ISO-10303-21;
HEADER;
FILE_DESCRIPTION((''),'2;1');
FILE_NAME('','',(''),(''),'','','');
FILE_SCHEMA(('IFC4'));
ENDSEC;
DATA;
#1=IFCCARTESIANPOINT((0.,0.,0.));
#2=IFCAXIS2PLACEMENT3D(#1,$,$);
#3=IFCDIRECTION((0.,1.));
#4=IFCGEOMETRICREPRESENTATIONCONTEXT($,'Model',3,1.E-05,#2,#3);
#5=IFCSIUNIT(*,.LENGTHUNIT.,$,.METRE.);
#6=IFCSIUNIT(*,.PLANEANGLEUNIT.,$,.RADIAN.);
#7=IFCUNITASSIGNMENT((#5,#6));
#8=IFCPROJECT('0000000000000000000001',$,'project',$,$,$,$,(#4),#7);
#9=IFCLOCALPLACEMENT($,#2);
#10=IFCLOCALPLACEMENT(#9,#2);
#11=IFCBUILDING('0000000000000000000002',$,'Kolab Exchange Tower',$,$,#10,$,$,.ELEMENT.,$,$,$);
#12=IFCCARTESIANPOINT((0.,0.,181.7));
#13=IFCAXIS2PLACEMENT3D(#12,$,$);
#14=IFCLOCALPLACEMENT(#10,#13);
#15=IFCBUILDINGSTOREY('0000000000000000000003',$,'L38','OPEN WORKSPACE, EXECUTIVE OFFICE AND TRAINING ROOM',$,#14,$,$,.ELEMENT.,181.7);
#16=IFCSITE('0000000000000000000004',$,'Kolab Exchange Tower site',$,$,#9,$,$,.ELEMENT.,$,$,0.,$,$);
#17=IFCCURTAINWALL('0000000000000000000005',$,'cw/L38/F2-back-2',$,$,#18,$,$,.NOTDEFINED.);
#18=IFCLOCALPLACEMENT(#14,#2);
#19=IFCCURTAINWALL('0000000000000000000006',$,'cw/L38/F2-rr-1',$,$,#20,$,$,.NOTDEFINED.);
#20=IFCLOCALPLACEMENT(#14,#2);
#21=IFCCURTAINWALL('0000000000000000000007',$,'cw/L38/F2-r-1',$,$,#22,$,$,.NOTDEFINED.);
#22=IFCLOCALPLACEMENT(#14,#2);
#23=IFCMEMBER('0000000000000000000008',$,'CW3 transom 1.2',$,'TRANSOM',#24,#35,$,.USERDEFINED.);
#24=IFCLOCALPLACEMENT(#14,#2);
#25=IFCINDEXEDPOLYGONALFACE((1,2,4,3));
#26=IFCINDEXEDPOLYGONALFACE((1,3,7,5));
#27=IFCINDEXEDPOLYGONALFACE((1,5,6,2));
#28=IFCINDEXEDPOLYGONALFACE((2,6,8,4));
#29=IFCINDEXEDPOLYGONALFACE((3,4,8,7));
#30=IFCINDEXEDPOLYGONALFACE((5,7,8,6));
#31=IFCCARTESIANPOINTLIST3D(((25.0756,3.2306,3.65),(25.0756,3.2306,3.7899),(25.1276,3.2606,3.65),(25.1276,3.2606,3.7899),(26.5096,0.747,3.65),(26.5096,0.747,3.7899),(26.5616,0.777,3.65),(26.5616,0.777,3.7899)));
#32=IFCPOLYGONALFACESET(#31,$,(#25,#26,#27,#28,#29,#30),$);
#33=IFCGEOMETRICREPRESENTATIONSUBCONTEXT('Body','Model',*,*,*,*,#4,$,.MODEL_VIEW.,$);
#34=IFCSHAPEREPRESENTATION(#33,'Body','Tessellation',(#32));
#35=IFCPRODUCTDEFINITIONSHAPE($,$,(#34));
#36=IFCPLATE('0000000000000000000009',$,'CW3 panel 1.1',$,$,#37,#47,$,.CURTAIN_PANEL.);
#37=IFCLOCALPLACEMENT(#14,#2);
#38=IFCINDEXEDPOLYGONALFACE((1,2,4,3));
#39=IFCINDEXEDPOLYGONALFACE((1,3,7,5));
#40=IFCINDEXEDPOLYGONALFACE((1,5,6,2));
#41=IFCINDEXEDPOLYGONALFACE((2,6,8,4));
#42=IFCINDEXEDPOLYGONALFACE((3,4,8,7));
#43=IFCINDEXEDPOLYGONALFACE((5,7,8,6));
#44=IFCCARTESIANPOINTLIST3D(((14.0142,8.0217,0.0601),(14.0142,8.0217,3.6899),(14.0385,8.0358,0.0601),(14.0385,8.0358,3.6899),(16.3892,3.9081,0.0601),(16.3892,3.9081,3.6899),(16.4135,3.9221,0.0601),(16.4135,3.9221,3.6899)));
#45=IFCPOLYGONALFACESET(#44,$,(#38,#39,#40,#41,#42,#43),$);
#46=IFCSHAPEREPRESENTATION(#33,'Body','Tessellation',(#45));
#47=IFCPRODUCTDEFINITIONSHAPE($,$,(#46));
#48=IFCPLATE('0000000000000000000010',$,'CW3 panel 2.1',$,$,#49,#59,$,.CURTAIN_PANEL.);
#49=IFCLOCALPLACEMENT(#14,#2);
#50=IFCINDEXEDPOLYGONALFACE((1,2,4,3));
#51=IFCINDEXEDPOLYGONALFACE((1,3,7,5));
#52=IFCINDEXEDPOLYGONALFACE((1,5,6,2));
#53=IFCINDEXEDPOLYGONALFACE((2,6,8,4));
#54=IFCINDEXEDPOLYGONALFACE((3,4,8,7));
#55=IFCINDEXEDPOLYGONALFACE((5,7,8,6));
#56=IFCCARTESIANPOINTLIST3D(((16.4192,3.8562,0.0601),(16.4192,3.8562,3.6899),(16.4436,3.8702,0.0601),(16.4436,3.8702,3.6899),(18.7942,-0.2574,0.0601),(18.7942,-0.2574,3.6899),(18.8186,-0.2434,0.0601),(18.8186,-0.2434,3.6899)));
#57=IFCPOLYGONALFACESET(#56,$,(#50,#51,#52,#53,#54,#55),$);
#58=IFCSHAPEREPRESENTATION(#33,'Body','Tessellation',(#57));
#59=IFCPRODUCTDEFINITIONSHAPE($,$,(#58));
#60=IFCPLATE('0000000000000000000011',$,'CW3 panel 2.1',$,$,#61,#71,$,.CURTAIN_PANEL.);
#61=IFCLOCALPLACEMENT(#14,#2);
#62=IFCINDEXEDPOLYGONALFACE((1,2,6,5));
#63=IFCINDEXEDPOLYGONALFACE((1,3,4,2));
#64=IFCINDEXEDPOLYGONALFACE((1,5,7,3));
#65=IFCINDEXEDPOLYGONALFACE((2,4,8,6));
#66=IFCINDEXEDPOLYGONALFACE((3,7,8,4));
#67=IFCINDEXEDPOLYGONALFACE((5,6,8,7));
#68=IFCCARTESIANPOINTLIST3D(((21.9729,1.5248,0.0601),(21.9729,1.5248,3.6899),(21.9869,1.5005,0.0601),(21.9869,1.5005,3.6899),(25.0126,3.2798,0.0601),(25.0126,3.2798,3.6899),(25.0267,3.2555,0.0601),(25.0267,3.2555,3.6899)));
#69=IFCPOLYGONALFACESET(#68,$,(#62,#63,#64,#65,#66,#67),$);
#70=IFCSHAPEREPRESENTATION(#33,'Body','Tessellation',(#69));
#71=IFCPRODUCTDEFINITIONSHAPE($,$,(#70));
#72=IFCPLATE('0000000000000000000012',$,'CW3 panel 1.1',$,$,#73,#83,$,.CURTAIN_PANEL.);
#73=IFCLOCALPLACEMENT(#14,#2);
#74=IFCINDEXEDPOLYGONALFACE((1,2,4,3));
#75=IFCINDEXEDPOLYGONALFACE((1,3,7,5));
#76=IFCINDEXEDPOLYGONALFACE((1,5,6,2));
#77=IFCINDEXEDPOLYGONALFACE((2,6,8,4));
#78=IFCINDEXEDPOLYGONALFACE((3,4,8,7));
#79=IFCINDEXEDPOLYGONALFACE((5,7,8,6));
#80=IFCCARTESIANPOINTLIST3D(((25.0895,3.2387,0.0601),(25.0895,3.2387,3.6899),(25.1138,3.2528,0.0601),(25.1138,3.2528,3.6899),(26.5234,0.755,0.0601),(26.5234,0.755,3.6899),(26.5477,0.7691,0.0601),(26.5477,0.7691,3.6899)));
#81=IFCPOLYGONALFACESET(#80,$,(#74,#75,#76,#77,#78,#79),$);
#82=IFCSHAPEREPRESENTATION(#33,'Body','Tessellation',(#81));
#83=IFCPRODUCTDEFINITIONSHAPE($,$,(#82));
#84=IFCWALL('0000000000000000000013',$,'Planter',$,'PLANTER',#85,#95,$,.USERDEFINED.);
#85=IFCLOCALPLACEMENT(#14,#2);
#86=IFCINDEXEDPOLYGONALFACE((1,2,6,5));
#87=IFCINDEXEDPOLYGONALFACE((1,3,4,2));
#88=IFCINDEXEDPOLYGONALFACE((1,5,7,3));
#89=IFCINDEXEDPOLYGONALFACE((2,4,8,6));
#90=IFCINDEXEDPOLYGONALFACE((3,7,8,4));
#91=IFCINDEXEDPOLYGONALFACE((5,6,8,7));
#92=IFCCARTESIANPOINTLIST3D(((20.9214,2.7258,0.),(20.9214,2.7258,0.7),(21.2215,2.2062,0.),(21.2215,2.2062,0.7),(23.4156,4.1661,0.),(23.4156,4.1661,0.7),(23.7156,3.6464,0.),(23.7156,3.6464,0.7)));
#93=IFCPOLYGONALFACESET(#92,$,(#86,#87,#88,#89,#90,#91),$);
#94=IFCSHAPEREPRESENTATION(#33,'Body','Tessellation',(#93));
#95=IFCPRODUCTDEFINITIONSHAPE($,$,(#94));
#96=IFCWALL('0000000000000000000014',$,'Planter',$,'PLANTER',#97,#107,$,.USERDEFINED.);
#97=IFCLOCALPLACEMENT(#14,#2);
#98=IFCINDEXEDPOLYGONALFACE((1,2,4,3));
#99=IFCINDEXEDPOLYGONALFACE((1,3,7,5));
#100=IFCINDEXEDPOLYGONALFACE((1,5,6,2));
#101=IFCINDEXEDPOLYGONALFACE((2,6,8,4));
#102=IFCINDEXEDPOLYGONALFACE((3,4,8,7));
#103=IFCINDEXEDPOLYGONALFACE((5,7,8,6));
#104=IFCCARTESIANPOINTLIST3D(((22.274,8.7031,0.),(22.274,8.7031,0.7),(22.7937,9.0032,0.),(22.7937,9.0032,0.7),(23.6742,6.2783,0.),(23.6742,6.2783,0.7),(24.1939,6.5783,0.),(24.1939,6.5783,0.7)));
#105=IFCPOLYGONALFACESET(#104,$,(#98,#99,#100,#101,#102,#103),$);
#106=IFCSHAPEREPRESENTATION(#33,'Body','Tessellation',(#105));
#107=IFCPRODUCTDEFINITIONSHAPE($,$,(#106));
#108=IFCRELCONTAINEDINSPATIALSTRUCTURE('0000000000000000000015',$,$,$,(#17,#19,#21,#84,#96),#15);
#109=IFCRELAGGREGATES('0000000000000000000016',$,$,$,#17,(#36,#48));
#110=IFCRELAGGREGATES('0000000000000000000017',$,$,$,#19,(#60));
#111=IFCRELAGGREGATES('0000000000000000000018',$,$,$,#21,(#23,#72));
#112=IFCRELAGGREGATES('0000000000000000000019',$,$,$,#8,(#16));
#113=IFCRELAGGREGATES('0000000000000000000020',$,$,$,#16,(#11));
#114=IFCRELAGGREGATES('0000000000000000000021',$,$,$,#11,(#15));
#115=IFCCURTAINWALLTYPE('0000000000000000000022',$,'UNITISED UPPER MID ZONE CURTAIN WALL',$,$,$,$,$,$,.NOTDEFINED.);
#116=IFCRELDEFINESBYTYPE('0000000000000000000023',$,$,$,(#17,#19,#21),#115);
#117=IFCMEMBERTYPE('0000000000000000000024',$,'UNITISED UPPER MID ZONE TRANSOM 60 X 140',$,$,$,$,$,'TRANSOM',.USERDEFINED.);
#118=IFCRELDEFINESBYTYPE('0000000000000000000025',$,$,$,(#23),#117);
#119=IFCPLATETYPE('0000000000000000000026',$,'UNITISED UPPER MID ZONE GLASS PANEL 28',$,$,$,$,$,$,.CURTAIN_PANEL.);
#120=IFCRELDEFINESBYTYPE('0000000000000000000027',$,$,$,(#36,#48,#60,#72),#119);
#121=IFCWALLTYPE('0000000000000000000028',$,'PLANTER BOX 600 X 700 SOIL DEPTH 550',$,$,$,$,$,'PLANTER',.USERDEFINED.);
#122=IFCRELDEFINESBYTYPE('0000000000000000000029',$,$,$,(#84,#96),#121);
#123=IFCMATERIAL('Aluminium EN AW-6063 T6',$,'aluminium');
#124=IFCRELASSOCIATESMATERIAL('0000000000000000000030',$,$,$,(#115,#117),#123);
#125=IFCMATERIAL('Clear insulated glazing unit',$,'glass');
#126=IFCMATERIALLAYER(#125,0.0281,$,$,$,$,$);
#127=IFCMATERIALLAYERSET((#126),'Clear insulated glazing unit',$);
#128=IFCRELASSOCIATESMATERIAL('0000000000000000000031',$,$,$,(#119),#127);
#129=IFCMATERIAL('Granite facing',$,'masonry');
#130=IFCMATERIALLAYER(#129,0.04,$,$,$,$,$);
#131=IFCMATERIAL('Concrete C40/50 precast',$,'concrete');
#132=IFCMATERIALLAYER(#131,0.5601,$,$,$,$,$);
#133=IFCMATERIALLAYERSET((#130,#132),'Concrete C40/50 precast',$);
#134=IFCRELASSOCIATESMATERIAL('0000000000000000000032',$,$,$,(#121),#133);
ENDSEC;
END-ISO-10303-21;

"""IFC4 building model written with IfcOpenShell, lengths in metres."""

from ifc_helpers import new_model, si_unit, direction, frame, frame_2d, origin, origin_2d, place, context, subcontext, project, spatial, rectangle, extrude, material, layer, layer_set, material_profile, profile_set, type_object, element, aggregate, save


model = new_model("IFC4")

# Units and contexts
model_context = context("Model", 3, precision=1e-05, world=origin(), true_north=direction((0.0, 1.0)))
body_context = subcontext(model_context, "Body", "Model", "MODEL_VIEW")
ifc_project = project(units=[si_unit("LENGTHUNIT", "METRE"), si_unit("PLANEANGLEUNIT", "RADIAN")], contexts=[model_context])

# Site, building, storey
site_placement = place(None, origin())
site = spatial("IfcSite", under=ifc_project, at=site_placement, Name="Kolab Exchange Tower site", CompositionType="ELEMENT", RefElevation=0.0)
building_placement = place(site_placement, origin())
building = spatial("IfcBuilding", under=site, at=building_placement, Name="Kolab Exchange Tower", CompositionType="ELEMENT")
storey_placement = place(building_placement, frame((0.0, 0.0, 181.7)))
storey = spatial("IfcBuildingStorey", under=building, at=storey_placement, Name="L38", Description="OPEN WORKSPACE, EXECUTIVE OFFICE AND TRAINING ROOM", CompositionType="ELEMENT", Elevation=181.7)

# Curtain wall
ifc_material_1 = material(Name="Aluminium EN AW-6063 T6", Category="aluminium")
curtain_wall_type = type_object("IfcCurtainWallType", Name="UNITISED UPPER MID ZONE CURTAIN WALL", PredefinedType="NOTDEFINED", material=ifc_material_1)
curtain_wall_1_placement = place(storey_placement, origin())
curtain_wall_1 = element("IfcCurtainWall", 1, at=curtain_wall_1_placement, inside=storey, type_object=curtain_wall_type, Name="cw/L38/F2-back-2", PredefinedType="NOTDEFINED")

# Curtain walls
curtain_wall_2_placement = place(storey_placement, origin())
curtain_wall_2 = element("IfcCurtainWall", 2, at=curtain_wall_2_placement, inside=storey, type_object=curtain_wall_type, Name="cw/L38/F2-rr-1", PredefinedType="NOTDEFINED")
curtain_wall_3_placement = place(storey_placement, origin())
curtain_wall_3 = element("IfcCurtainWall", 3, at=curtain_wall_3_placement, inside=storey, type_object=curtain_wall_type, Name="cw/L38/F2-r-1", PredefinedType="NOTDEFINED")

# Member
ifc_material_profile_1 = material_profile(ifc_material_1, rectangle(XDim=0.0601, YDim=0.1399, at=origin_2d()), Name="RECT 60X140")
ifc_profile_set_1 = profile_set([ifc_material_profile_1], Name="Aluminium EN AW-6063 T6")
member_type_1 = type_object("IfcMemberType", Name="UNITISED UPPER MID ZONE TRANSOM 60 X 140", ElementType="TRANSOM", PredefinedType="USERDEFINED", material=ifc_profile_set_1)
member_1_placement = place(storey_placement, frame((25.1016, 3.2456, 3.72), z_axis=(0.500039, -0.866003, 0.0), x_axis=(0.866003, 0.500039, 0.0)))
member_1 = element("IfcMember", 4, at=member_1_placement, type_object=member_type_1, Name="CW3 transom 1.2", ObjectType="TRANSOM", PredefinedType="USERDEFINED", context=body_context, shape_type="SweptSolid", body=[
    extrude(rectangle(XDim=0.0601, YDim=0.1399, at=origin_2d()), origin(), (0.0, 0.0, 1.0), 2.8679),
])

# Plates
ifc_material_2 = material(Name="Clear insulated glazing unit", Category="glass")
ifc_layer_1 = layer(ifc_material_2, 0.0281)
ifc_layer_set_1 = layer_set([ifc_layer_1], Name="Clear insulated glazing unit")
plate_type = type_object("IfcPlateType", Name="UNITISED UPPER MID ZONE GLASS PANEL 28", PredefinedType="CURTAIN_PANEL", material=ifc_layer_set_1)
plate_1_placement = place(storey_placement, frame((15.2139, 5.9719, 0.0601), z_axis=(0.0, 0.0, 1.0), x_axis=(0.5, -0.866025, 0.0)))
plate_1 = element("IfcPlate", 5, at=plate_1_placement, type_object=plate_type, Name="CW3 panel 1.1", PredefinedType="CURTAIN_PANEL", context=body_context, shape_type="SweptSolid", body=[
    extrude(rectangle(XDim=4.75, YDim=0.0281, at=origin_2d()), origin(), (0.0, 0.0, 1.0), 3.6299),
])
plate_2_placement = place(storey_placement, frame((17.6189, 1.8064, 0.0601), z_axis=(0.0, 0.0, 1.0), x_axis=(0.5, -0.866025, 0.0)))
plate_2 = element("IfcPlate", 6, at=plate_2_placement, type_object=plate_type, Name="CW3 panel 2.1", PredefinedType="CURTAIN_PANEL", context=body_context, shape_type="SweptSolid", body=[
    extrude(rectangle(XDim=4.75, YDim=0.0281, at=origin_2d()), origin(), (0.0, 0.0, 1.0), 3.6299),
])
aggregate(curtain_wall_1, [plate_1, plate_2])
plate_3_placement = place(storey_placement, frame((23.4998, 2.3901, 0.0601), z_axis=(0.0, 0.0, 1.0), x_axis=(0.866025, 0.5, 0.0)))
plate_3 = element("IfcPlate", 7, at=plate_3_placement, type_object=plate_type, Name="CW3 panel 2.1", PredefinedType="CURTAIN_PANEL", context=body_context, shape_type="SweptSolid", body=[
    extrude(rectangle(XDim=3.51, YDim=0.0281, at=origin_2d()), origin(), (0.0, 0.0, 1.0), 3.6299),
])
aggregate(curtain_wall_2, [plate_3])
plate_4_placement = place(storey_placement, frame((25.8186, 2.0039, 0.0601), z_axis=(0.0, 0.0, 1.0), x_axis=(0.5, -0.866025, 0.0)))
plate_4 = element("IfcPlate", 8, at=plate_4_placement, type_object=plate_type, Name="CW3 panel 1.1", PredefinedType="CURTAIN_PANEL", context=body_context, shape_type="SweptSolid", body=[
    extrude(rectangle(XDim=2.8679, YDim=0.0281, at=origin_2d()), origin(), (0.0, 0.0, 1.0), 3.6299),
])
aggregate(curtain_wall_3, [member_1, plate_4])

# Walls
ifc_material_3 = material(Name="Granite facing", Category="masonry")
ifc_layer_2 = layer(ifc_material_3, 0.04)
ifc_material_4 = material(Name="Concrete C40/50 precast", Category="concrete")
ifc_layer_3 = layer(ifc_material_4, 0.5601)
ifc_layer_set_2 = layer_set([ifc_layer_2, ifc_layer_3], Name="Concrete C40/50 precast")
wall_type = type_object("IfcWallType", Name="PLANTER BOX 600 X 700 SOIL DEPTH 550", ElementType="PLANTER", PredefinedType="USERDEFINED", material=ifc_layer_set_2)
wall_1_placement = place(storey_placement, frame((21.0715, 2.4661, 0.0), z_axis=(0.0, 0.0, 1.0), x_axis=(0.865996, 0.50005, 0.0)))
element("IfcWall", 9, at=wall_1_placement, inside=storey, type_object=wall_type, Name="Planter", ObjectType="PLANTER", PredefinedType="USERDEFINED", context=body_context, shape_type="SweptSolid", body=[
    extrude(rectangle(XDim=2.8801, YDim=0.6001, at=frame_2d((1.4399, 0.0))), origin(), (0.0, 0.0, 1.0), 0.7),
])
wall_2_placement = place(storey_placement, frame((22.5339, 8.853, 0.0), z_axis=(0.0, 0.0, 1.0), x_axis=(0.50005, -0.865997, 0.0)))
element("IfcWall", 10, at=wall_2_placement, inside=storey, type_object=wall_type, Name="Planter", ObjectType="PLANTER", PredefinedType="USERDEFINED", context=body_context, shape_type="SweptSolid", body=[
    extrude(rectangle(XDim=2.8, YDim=0.6001, at=frame_2d((1.3999, 0.0))), origin(), (0.0, 0.0, 1.0), 0.7),
])

save(model, "model.ifc")
